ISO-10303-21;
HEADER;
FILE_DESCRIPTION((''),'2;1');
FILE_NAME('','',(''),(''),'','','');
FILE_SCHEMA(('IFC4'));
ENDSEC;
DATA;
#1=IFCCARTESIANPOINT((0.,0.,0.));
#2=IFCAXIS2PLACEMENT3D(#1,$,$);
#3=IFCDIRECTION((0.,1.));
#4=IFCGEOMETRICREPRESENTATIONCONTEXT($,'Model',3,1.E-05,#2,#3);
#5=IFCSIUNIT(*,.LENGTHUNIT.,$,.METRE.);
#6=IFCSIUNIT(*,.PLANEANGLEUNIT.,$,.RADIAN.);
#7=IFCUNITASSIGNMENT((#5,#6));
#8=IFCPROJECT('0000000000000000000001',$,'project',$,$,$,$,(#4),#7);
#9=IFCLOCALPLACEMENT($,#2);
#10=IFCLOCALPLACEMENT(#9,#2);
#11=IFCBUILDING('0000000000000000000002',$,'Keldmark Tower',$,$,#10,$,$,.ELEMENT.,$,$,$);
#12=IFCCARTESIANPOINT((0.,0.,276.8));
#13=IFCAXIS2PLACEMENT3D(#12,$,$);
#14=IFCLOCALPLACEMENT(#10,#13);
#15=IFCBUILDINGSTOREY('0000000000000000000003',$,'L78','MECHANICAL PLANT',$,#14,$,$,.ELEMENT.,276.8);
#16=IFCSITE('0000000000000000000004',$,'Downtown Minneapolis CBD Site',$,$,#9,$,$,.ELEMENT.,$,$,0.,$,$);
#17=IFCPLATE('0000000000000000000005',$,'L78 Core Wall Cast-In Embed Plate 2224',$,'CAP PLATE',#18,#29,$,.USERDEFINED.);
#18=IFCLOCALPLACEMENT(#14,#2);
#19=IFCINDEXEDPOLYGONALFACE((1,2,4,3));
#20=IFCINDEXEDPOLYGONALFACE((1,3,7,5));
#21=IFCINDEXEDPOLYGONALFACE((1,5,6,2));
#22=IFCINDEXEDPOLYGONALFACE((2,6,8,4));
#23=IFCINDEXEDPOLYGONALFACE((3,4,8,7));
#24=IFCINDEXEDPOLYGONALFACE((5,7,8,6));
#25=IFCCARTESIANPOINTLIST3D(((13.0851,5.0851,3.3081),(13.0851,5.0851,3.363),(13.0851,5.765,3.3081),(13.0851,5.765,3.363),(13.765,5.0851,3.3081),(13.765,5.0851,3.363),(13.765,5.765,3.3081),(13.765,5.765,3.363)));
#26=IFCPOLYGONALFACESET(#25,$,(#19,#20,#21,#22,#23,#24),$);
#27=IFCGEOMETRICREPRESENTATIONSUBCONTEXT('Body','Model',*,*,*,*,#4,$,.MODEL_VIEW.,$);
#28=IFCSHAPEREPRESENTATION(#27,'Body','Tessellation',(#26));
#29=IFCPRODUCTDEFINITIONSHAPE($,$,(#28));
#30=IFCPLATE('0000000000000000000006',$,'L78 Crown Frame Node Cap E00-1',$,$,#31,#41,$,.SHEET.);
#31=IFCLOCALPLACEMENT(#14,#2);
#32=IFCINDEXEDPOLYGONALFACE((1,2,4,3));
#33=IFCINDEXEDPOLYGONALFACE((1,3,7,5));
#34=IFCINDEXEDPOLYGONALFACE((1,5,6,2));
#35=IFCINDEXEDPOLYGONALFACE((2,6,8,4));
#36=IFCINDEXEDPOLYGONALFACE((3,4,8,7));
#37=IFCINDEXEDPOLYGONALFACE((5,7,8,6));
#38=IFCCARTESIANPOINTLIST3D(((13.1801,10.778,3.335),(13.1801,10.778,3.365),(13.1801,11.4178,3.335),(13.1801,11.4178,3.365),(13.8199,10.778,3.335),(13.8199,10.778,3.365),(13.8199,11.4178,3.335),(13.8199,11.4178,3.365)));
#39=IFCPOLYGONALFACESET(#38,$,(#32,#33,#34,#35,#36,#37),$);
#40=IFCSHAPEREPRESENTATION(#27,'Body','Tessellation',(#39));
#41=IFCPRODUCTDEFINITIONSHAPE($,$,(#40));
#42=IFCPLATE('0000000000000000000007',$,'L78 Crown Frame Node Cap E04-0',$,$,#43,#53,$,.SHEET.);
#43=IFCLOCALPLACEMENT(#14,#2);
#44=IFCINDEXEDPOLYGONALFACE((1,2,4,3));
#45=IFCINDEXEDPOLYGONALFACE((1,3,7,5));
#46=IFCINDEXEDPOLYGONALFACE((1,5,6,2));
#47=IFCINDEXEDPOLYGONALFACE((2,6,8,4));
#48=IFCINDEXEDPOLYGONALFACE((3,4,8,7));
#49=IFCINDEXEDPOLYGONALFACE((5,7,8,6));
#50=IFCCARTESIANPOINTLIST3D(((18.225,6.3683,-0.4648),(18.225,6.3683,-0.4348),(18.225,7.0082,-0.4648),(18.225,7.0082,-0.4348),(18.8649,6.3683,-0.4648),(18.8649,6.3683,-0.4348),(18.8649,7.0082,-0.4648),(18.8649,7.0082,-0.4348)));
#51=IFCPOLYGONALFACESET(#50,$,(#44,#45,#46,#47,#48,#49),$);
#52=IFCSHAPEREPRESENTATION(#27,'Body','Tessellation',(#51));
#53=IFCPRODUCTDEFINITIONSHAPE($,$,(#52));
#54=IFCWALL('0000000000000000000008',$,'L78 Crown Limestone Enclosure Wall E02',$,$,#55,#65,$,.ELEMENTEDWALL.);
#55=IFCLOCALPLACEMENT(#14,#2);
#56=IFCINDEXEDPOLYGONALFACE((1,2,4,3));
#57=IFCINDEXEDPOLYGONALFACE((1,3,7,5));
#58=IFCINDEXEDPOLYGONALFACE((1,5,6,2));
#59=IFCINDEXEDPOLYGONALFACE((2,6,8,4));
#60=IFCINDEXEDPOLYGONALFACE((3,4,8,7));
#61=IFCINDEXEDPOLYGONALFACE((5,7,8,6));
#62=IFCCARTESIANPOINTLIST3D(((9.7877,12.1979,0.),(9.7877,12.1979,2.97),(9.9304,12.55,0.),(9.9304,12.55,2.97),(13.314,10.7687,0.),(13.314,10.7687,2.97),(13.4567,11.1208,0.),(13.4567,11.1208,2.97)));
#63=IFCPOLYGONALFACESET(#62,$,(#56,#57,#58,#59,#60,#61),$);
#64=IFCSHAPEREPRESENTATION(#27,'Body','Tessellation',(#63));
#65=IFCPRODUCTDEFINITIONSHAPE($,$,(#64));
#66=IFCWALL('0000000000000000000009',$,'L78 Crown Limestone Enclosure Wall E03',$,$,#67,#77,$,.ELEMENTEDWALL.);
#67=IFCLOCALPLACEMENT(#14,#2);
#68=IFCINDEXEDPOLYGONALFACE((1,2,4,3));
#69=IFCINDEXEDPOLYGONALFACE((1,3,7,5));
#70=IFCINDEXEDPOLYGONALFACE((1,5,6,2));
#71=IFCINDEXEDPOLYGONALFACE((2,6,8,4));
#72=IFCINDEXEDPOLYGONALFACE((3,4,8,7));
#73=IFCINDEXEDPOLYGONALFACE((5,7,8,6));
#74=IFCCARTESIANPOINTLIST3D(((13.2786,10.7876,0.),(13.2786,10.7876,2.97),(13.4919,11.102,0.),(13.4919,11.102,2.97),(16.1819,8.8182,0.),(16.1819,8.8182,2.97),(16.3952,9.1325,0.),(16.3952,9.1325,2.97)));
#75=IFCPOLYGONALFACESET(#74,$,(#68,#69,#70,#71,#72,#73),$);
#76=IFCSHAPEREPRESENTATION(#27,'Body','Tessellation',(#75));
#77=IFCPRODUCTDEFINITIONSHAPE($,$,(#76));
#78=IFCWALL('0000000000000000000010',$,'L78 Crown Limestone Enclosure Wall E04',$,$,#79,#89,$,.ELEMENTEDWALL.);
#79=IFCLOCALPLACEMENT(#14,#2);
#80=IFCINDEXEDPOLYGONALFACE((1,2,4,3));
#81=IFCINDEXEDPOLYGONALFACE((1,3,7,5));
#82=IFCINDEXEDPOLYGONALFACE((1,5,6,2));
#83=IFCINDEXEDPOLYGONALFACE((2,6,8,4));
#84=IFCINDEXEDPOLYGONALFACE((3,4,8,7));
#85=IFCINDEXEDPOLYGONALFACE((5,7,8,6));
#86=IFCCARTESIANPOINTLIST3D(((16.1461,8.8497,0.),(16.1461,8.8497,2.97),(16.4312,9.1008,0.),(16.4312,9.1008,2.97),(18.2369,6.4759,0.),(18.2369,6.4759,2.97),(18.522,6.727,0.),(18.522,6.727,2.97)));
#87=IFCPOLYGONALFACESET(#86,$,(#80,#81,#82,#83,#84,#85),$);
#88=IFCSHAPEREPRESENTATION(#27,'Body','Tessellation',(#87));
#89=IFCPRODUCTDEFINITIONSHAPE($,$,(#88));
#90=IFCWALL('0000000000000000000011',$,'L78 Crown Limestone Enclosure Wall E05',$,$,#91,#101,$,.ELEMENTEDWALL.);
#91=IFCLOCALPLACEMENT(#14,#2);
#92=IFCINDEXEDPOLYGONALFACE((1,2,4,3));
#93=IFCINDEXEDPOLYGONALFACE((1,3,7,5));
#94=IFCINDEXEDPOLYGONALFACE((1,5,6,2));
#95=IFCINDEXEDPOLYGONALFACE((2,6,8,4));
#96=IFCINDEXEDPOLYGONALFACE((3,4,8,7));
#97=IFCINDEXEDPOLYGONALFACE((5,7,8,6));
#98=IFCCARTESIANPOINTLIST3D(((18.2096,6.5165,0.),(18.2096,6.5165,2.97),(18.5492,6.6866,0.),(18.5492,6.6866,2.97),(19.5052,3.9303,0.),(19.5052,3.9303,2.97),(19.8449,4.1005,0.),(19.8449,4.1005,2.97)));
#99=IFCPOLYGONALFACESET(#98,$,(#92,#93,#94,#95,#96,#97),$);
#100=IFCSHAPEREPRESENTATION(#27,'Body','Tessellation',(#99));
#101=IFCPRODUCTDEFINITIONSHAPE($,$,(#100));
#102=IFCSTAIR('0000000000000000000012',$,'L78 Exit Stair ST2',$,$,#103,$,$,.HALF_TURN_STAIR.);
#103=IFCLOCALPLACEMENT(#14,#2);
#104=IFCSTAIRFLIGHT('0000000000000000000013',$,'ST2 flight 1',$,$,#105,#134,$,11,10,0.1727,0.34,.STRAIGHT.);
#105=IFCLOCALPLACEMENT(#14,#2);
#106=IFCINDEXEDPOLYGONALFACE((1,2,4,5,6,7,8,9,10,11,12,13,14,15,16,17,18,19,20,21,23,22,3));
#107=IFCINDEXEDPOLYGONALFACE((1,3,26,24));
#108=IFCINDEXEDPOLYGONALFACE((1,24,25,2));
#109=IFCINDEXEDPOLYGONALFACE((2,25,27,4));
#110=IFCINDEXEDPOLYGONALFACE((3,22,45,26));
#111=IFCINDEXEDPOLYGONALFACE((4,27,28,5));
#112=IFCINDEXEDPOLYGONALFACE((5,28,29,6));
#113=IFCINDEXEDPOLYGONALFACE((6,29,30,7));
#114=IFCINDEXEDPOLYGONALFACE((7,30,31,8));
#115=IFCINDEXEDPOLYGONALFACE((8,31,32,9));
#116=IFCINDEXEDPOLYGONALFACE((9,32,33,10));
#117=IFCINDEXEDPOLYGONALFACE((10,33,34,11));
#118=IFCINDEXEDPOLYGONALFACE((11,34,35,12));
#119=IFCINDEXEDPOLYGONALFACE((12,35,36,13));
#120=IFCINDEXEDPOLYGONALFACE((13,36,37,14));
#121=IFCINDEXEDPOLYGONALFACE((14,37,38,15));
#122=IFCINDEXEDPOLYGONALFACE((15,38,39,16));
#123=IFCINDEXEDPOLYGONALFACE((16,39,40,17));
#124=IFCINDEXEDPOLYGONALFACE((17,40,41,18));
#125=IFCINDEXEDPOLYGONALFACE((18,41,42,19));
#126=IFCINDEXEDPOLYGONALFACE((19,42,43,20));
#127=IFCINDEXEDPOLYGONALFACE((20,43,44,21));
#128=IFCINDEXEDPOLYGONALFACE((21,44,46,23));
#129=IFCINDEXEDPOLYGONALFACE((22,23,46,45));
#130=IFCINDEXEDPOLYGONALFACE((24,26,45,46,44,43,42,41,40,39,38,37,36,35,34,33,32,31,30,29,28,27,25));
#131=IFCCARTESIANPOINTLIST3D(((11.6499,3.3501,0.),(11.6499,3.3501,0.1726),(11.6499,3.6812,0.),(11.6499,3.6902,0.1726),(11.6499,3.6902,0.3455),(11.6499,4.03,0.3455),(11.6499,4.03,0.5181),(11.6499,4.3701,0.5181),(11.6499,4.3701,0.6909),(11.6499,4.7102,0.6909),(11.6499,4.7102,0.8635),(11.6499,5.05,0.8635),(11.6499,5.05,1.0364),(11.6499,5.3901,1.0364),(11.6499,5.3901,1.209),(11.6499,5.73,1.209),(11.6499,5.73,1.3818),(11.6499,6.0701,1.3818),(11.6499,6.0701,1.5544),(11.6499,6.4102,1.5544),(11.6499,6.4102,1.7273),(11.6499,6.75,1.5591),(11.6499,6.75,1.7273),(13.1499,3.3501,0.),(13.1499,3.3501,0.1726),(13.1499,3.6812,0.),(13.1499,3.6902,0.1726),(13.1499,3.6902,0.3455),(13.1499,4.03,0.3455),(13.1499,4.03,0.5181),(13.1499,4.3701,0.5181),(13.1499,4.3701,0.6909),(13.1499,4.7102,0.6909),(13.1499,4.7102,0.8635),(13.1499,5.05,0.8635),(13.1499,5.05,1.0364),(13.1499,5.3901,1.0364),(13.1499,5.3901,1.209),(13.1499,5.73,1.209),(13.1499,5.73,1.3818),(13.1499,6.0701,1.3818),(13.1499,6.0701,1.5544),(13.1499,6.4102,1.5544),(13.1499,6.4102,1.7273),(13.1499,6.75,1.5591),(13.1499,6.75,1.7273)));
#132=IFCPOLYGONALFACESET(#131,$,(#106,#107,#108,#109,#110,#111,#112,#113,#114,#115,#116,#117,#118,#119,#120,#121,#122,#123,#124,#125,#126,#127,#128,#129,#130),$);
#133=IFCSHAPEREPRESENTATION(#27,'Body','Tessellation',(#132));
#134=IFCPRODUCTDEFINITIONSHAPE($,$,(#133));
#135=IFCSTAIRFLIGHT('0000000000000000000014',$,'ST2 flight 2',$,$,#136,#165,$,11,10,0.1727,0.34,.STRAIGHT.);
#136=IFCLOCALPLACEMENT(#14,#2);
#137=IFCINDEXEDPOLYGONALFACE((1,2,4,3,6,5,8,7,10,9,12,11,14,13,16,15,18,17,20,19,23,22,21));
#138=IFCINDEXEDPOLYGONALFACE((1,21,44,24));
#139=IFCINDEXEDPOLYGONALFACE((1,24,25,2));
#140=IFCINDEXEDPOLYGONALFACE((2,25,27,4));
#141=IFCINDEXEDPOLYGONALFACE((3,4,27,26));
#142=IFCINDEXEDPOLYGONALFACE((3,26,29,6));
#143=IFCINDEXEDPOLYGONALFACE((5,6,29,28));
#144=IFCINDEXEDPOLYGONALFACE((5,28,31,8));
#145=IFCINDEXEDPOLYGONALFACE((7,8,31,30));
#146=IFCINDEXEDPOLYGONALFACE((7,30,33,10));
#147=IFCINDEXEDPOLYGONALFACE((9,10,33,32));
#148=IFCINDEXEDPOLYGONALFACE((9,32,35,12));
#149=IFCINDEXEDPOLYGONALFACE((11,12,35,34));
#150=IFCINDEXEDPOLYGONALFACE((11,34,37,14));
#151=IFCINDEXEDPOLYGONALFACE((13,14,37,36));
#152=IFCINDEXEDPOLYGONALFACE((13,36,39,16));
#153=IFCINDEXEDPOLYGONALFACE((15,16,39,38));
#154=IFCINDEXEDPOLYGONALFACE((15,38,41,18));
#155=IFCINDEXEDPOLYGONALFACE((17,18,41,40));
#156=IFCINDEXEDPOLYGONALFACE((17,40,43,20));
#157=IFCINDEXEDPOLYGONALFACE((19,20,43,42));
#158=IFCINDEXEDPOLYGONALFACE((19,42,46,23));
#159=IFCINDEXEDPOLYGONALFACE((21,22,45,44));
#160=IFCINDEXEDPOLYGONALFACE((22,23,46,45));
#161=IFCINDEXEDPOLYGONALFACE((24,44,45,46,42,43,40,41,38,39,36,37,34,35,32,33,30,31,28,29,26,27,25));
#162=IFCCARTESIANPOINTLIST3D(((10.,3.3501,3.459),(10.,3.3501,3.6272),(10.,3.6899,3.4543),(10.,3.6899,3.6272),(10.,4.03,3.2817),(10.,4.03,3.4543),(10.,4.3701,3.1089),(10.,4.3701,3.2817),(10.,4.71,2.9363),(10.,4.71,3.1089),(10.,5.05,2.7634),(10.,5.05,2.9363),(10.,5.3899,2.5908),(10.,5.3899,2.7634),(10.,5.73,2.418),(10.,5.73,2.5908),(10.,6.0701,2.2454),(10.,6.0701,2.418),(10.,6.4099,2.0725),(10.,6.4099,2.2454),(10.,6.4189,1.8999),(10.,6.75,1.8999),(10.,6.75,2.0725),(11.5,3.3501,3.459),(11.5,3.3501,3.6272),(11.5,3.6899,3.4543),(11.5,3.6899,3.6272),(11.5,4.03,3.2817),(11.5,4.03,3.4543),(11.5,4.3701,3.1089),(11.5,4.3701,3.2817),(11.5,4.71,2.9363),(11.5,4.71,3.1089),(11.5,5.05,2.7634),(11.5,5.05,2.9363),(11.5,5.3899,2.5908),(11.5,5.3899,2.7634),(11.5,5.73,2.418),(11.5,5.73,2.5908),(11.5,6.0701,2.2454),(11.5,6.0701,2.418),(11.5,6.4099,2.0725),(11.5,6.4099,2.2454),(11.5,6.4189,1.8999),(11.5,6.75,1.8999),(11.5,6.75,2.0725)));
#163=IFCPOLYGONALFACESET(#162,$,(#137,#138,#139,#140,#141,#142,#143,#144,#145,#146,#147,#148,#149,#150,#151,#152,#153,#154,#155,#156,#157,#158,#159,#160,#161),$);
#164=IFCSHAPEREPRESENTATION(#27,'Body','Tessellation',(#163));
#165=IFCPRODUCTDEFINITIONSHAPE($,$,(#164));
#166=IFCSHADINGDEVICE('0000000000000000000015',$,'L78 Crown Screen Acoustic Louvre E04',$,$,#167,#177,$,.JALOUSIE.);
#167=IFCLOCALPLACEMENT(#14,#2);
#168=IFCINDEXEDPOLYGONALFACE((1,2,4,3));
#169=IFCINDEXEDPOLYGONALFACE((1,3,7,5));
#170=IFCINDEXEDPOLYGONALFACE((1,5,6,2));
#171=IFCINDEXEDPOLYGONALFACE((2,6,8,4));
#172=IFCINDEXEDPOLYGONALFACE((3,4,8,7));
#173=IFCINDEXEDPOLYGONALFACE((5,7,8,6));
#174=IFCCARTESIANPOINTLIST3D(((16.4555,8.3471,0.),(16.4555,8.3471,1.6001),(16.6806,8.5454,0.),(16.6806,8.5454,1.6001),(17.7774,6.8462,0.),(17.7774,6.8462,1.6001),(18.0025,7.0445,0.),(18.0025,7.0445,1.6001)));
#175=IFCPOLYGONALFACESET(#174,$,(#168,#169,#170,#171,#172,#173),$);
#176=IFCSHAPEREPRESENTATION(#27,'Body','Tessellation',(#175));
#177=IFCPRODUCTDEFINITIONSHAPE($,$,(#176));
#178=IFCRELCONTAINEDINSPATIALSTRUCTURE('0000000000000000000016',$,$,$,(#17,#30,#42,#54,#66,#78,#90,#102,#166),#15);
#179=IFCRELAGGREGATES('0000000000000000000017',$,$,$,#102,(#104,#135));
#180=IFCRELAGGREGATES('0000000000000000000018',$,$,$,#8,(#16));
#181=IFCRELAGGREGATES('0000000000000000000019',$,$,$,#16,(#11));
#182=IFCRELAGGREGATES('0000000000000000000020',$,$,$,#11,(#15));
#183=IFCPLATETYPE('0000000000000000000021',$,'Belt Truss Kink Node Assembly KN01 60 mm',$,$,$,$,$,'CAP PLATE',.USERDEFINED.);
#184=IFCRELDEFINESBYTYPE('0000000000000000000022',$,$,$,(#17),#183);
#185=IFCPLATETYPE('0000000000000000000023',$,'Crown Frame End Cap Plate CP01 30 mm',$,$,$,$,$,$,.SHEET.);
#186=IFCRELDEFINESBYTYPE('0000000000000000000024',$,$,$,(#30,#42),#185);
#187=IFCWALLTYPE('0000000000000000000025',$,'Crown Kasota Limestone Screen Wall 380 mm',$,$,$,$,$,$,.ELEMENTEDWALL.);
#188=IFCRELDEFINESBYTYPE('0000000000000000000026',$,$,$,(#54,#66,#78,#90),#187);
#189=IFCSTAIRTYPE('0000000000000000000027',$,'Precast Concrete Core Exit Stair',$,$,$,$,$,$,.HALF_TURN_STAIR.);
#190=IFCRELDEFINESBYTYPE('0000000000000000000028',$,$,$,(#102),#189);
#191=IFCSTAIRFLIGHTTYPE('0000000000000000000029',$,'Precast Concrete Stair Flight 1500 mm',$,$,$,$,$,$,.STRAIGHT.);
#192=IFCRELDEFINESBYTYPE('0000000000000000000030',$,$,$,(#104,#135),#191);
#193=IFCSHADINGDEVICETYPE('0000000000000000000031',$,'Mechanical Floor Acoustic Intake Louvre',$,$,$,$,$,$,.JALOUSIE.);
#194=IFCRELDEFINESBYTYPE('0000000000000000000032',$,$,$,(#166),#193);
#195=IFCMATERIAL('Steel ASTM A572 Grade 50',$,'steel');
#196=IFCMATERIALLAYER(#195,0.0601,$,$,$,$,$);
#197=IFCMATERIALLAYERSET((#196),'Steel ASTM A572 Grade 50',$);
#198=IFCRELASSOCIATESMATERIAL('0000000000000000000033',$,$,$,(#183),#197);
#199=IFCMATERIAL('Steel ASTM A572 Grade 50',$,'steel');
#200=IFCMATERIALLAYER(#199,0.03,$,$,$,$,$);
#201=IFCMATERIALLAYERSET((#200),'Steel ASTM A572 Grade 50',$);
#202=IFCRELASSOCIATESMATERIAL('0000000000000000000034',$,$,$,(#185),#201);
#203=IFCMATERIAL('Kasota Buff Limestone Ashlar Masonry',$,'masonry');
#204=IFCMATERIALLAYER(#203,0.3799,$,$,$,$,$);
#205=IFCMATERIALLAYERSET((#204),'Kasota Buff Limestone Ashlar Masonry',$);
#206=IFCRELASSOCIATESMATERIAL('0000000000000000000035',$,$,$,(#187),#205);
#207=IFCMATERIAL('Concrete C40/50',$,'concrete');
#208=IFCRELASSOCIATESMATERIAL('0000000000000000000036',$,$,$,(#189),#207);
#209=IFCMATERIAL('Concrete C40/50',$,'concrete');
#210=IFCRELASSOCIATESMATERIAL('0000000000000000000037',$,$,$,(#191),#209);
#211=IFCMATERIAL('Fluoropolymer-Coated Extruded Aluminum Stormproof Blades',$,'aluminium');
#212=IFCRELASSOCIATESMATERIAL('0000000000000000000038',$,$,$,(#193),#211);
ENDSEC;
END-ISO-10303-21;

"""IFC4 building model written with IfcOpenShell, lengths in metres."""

from ifc_helpers import new_model, si_unit, direction, frame, frame_2d, origin, origin_2d, place, context, subcontext, project, spatial, polyline, rectangle, outline, extrude, material, layer, layer_set, type_object, element, aggregate, save


model = new_model("IFC4")

# Units and contexts
model_context = context("Model", 3, precision=1e-05, world=origin(), true_north=direction((0.0, 1.0)))
body_context = subcontext(model_context, "Body", "Model", "MODEL_VIEW")
ifc_project = project(units=[si_unit("LENGTHUNIT", "METRE"), si_unit("PLANEANGLEUNIT", "RADIAN")], contexts=[model_context])

# Site, building, storey
site_placement = place(None, origin())
site = spatial("IfcSite", under=ifc_project, at=site_placement, Name="Downtown Minneapolis CBD Site", CompositionType="ELEMENT", RefElevation=0.0)
building_placement = place(site_placement, origin())
building = spatial("IfcBuilding", under=site, at=building_placement, Name="Keldmark Tower", CompositionType="ELEMENT")
storey_placement = place(building_placement, frame((0.0, 0.0, 276.8)))
storey = spatial("IfcBuildingStorey", under=building, at=storey_placement, Name="L78", Description="MECHANICAL PLANT", CompositionType="ELEMENT", Elevation=276.8)

# Plates
ifc_material_1 = material(Name="Steel ASTM A572 Grade 50", Category="steel")
ifc_layer_1 = layer(ifc_material_1, 0.0601)
ifc_layer_set_1 = layer_set([ifc_layer_1], Name="Steel ASTM A572 Grade 50")
plate_type_1 = type_object("IfcPlateType", Name="Belt Truss Kink Node Assembly KN01 60 mm", ElementType="CAP PLATE", PredefinedType="USERDEFINED", material=ifc_layer_set_1)
for number, where, z_axis, x_axis, name in (
    (1, (13.425, 5.425, 3.3081), (0.0, 0.0, 1.0), (1.0, 0.0, 0.0), "L78 Core Wall Cast-In Embed Plate 2224"),
):
    element("IfcPlate", number, at=place(storey_placement, frame(where, z_axis=z_axis, x_axis=x_axis)), inside=storey, type_object=plate_type_1, Name=name, ObjectType="CAP PLATE", PredefinedType="USERDEFINED", context=body_context, shape_type="SweptSolid", body=[
        extrude(rectangle(XDim=0.6799, YDim=0.6799, at=origin_2d()), origin(), (0.0, 0.0, 1.0), 0.0549),
    ])
ifc_material_2 = material(Name="Steel ASTM A572 Grade 50", Category="steel")
ifc_layer_2 = layer(ifc_material_2, 0.03)
ifc_layer_set_2 = layer_set([ifc_layer_2], Name="Steel ASTM A572 Grade 50")
plate_type_2 = type_object("IfcPlateType", Name="Crown Frame End Cap Plate CP01 30 mm", PredefinedType="SHEET", material=ifc_layer_set_2)
for number, where, z_axis, x_axis, name in (
    (2, (13.5, 11.0979, 3.335), (0.0, 0.0, 1.0), (1.0, 0.0, 0.0), "L78 Crown Frame Node Cap E00-1"),
    (3, (18.5449, 6.6882, -0.4648), (0.0, 0.0, 1.0), (1.0, 0.0, 0.0), "L78 Crown Frame Node Cap E04-0"),
):
    element("IfcPlate", number, at=place(storey_placement, frame(where, z_axis=z_axis, x_axis=x_axis)), inside=storey, type_object=plate_type_2, Name=name, PredefinedType="SHEET", context=body_context, shape_type="SweptSolid", body=[
        extrude(rectangle(XDim=0.6399, YDim=0.6399, at=origin_2d()), origin(), (0.0, 0.0, 1.0), 0.03),
    ])

# Walls
ifc_material_3 = material(Name="Kasota Buff Limestone Ashlar Masonry", Category="masonry")
ifc_layer_3 = layer(ifc_material_3, 0.3799)
ifc_layer_set_3 = layer_set([ifc_layer_3], Name="Kasota Buff Limestone Ashlar Masonry")
wall_type_1 = type_object("IfcWallType", Name="Crown Kasota Limestone Screen Wall 380 mm", PredefinedType="ELEMENTEDWALL", material=ifc_layer_set_3)
wall_1_placement = place(storey_placement, frame((13.3853, 10.9448, 0.0), z_axis=(0.0, 0.0, 1.0), x_axis=(-0.926777, 0.375613, 0.0)))
element("IfcWall", 4, at=wall_1_placement, inside=storey, type_object=wall_type_1, Name="L78 Crown Limestone Enclosure Wall E02", PredefinedType="ELEMENTEDWALL", context=body_context, shape_type="SweptSolid", body=[
    extrude(rectangle(XDim=3.8049, YDim=0.3799, at=frame_2d((1.9023, 0.0))), origin(), (0.0, 0.0, 1.0), 2.97),
])
wall_2_placement = place(storey_placement, frame((16.2886, 8.9753, 0.0), z_axis=(0.0, 0.0, 1.0), x_axis=(-0.827559, 0.561379, 0.0)))
element("IfcWall", 5, at=wall_2_placement, inside=storey, type_object=wall_type_1, Name="L78 Crown Limestone Enclosure Wall E03", PredefinedType="ELEMENTEDWALL", context=body_context, shape_type="SweptSolid", body=[
    extrude(rectangle(XDim=3.5083, YDim=0.3799, at=frame_2d((1.7542, 0.0))), origin(), (0.0, 0.0, 1.0), 2.97),
])
wall_3_placement = place(storey_placement, frame((18.3794, 6.6016, 0.0), z_axis=(0.0, 0.0, 1.0), x_axis=(-0.660965, 0.750416, 0.0)))
element("IfcWall", 6, at=wall_3_placement, inside=storey, type_object=wall_type_1, Name="L78 Crown Limestone Enclosure Wall E04", PredefinedType="ELEMENTEDWALL", context=body_context, shape_type="SweptSolid", body=[
    extrude(rectangle(XDim=3.1633, YDim=0.3799, at=frame_2d((1.5815, 0.0))), origin(), (0.0, 0.0, 1.0), 2.97),
])
wall_4_placement = place(storey_placement, frame((19.675, 4.0154, 0.0), z_axis=(0.0, 0.0, 1.0), x_axis=(-0.447922, 0.894072, 0.0)))
element("IfcWall", 7, at=wall_4_placement, inside=storey, type_object=wall_type_1, Name="L78 Crown Limestone Enclosure Wall E05", PredefinedType="ELEMENTEDWALL", context=body_context, shape_type="SweptSolid", body=[
    extrude(rectangle(XDim=2.8926, YDim=0.3799, at=frame_2d((1.4463, 0.0))), origin(), (0.0, 0.0, 1.0), 2.97),
])

# Stair, stair flights
ifc_material_4 = material(Name="Concrete C40/50", Category="concrete")
stair_type = type_object("IfcStairType", Name="Precast Concrete Core Exit Stair", PredefinedType="HALF_TURN_STAIR", material=ifc_material_4)
stair_placement = place(storey_placement, origin())
stair = element("IfcStair", 8, at=stair_placement, inside=storey, type_object=stair_type, Name="L78 Exit Stair ST2", PredefinedType="HALF_TURN_STAIR")
ifc_material_5 = material(Name="Concrete C40/50", Category="concrete")
stair_flight_type = type_object("IfcStairFlightType", Name="Precast Concrete Stair Flight 1500 mm", PredefinedType="STRAIGHT", material=ifc_material_5)
stair_flight_1_placement = place(storey_placement, frame((12.3999, 3.3501, 0.0), z_axis=(0.0, 0.0, 1.0), x_axis=(0.0, 1.0, 0.0)))
stair_flight_1 = element("IfcStairFlight", 9, at=stair_flight_1_placement, type_object=stair_flight_type, Name="ST2 flight 1", NumberOfRisers=11, NumberOfTreads=10, PredefinedType="STRAIGHT", RiserHeight=0.1727, TreadLength=0.34, context=body_context, shape_type="SweptSolid", body=[
    extrude(outline(polyline([(0.0, 0.0), (0.0, 0.1726), (0.3401, 0.1726), (0.3401, 0.3455), (0.6799, 0.3455), (0.6799, 0.5181), (1.02, 0.5181), (1.02, 0.6909), (1.3601, 0.6909), (1.3601, 0.8635), (1.7, 0.8635), (1.7, 1.0364), (2.04, 1.0364), (2.04, 1.209), (2.3799, 1.209), (2.3799, 1.3818), (2.72, 1.3818), (2.72, 1.5544), (3.0601, 1.5544), (3.0601, 1.7273), (3.3999, 1.7273), (3.3999, 1.8999), (3.3999, 1.5591), (0.3311, 0.0), (0.0, 0.0)])), frame((0.0, 0.75, 0.0), z_axis=(0.0, -1.0, 0.0), x_axis=(1.0, 0.0, 0.0)), (0.0, 0.0, 1.0), 1.5),
])
stair_flight_2_placement = place(storey_placement, frame((10.75, 6.75, 1.8999), z_axis=(0.0, 0.0, 1.0), x_axis=(0.0, -1.0, 0.0)))
stair_flight_2 = element("IfcStairFlight", 10, at=stair_flight_2_placement, type_object=stair_flight_type, Name="ST2 flight 2", NumberOfRisers=11, NumberOfTreads=10, PredefinedType="STRAIGHT", RiserHeight=0.1727, TreadLength=0.34, context=body_context, shape_type="SweptSolid", body=[
    extrude(outline(polyline([(0.0, 0.0), (0.0, 0.1726), (0.3401, 0.1726), (0.3401, 0.3455), (0.6799, 0.3455), (0.6799, 0.5181), (1.02, 0.5181), (1.02, 0.6909), (1.3601, 0.6909), (1.3601, 0.8635), (1.7, 0.8635), (1.7, 1.0364), (2.04, 1.0364), (2.04, 1.209), (2.3799, 1.209), (2.3799, 1.3818), (2.72, 1.3818), (2.72, 1.5544), (3.0601, 1.5544), (3.0601, 1.7273), (3.3999, 1.7273), (3.3999, 1.8999), (3.3999, 1.5591), (0.3311, 0.0), (0.0, 0.0)])), frame((0.0, 0.75, 0.0), z_axis=(0.0, -1.0, 0.0), x_axis=(1.0, 0.0, 0.0)), (0.0, 0.0, 1.0), 1.5),
])
aggregate(stair, [stair_flight_1, stair_flight_2])

# Shading device
ifc_material_6 = material(Name="Fluoropolymer-Coated Extruded Aluminum Stormproof Blades", Category="aluminium")
shading_device_type = type_object("IfcShadingDeviceType", Name="Mechanical Floor Acoustic Intake Louvre", PredefinedType="JALOUSIE", material=ifc_material_6)
shading_device_placement = place(storey_placement, frame((17.229, 7.6958, 0.0), z_axis=(0.0, 0.0, 1.0), x_axis=(-0.660958, 0.750423, 0.0)))
element("IfcShadingDevice", 11, at=shading_device_placement, inside=storey, type_object=shading_device_type, Name="L78 Crown Screen Acoustic Louvre E04", PredefinedType="JALOUSIE", context=body_context, shape_type="SweptSolid", body=[
    extrude(rectangle(XDim=2.0, YDim=0.3, at=origin_2d()), origin(), (0.0, 0.0, 1.0), 1.6001),
])

save(model, "model.ifc")
